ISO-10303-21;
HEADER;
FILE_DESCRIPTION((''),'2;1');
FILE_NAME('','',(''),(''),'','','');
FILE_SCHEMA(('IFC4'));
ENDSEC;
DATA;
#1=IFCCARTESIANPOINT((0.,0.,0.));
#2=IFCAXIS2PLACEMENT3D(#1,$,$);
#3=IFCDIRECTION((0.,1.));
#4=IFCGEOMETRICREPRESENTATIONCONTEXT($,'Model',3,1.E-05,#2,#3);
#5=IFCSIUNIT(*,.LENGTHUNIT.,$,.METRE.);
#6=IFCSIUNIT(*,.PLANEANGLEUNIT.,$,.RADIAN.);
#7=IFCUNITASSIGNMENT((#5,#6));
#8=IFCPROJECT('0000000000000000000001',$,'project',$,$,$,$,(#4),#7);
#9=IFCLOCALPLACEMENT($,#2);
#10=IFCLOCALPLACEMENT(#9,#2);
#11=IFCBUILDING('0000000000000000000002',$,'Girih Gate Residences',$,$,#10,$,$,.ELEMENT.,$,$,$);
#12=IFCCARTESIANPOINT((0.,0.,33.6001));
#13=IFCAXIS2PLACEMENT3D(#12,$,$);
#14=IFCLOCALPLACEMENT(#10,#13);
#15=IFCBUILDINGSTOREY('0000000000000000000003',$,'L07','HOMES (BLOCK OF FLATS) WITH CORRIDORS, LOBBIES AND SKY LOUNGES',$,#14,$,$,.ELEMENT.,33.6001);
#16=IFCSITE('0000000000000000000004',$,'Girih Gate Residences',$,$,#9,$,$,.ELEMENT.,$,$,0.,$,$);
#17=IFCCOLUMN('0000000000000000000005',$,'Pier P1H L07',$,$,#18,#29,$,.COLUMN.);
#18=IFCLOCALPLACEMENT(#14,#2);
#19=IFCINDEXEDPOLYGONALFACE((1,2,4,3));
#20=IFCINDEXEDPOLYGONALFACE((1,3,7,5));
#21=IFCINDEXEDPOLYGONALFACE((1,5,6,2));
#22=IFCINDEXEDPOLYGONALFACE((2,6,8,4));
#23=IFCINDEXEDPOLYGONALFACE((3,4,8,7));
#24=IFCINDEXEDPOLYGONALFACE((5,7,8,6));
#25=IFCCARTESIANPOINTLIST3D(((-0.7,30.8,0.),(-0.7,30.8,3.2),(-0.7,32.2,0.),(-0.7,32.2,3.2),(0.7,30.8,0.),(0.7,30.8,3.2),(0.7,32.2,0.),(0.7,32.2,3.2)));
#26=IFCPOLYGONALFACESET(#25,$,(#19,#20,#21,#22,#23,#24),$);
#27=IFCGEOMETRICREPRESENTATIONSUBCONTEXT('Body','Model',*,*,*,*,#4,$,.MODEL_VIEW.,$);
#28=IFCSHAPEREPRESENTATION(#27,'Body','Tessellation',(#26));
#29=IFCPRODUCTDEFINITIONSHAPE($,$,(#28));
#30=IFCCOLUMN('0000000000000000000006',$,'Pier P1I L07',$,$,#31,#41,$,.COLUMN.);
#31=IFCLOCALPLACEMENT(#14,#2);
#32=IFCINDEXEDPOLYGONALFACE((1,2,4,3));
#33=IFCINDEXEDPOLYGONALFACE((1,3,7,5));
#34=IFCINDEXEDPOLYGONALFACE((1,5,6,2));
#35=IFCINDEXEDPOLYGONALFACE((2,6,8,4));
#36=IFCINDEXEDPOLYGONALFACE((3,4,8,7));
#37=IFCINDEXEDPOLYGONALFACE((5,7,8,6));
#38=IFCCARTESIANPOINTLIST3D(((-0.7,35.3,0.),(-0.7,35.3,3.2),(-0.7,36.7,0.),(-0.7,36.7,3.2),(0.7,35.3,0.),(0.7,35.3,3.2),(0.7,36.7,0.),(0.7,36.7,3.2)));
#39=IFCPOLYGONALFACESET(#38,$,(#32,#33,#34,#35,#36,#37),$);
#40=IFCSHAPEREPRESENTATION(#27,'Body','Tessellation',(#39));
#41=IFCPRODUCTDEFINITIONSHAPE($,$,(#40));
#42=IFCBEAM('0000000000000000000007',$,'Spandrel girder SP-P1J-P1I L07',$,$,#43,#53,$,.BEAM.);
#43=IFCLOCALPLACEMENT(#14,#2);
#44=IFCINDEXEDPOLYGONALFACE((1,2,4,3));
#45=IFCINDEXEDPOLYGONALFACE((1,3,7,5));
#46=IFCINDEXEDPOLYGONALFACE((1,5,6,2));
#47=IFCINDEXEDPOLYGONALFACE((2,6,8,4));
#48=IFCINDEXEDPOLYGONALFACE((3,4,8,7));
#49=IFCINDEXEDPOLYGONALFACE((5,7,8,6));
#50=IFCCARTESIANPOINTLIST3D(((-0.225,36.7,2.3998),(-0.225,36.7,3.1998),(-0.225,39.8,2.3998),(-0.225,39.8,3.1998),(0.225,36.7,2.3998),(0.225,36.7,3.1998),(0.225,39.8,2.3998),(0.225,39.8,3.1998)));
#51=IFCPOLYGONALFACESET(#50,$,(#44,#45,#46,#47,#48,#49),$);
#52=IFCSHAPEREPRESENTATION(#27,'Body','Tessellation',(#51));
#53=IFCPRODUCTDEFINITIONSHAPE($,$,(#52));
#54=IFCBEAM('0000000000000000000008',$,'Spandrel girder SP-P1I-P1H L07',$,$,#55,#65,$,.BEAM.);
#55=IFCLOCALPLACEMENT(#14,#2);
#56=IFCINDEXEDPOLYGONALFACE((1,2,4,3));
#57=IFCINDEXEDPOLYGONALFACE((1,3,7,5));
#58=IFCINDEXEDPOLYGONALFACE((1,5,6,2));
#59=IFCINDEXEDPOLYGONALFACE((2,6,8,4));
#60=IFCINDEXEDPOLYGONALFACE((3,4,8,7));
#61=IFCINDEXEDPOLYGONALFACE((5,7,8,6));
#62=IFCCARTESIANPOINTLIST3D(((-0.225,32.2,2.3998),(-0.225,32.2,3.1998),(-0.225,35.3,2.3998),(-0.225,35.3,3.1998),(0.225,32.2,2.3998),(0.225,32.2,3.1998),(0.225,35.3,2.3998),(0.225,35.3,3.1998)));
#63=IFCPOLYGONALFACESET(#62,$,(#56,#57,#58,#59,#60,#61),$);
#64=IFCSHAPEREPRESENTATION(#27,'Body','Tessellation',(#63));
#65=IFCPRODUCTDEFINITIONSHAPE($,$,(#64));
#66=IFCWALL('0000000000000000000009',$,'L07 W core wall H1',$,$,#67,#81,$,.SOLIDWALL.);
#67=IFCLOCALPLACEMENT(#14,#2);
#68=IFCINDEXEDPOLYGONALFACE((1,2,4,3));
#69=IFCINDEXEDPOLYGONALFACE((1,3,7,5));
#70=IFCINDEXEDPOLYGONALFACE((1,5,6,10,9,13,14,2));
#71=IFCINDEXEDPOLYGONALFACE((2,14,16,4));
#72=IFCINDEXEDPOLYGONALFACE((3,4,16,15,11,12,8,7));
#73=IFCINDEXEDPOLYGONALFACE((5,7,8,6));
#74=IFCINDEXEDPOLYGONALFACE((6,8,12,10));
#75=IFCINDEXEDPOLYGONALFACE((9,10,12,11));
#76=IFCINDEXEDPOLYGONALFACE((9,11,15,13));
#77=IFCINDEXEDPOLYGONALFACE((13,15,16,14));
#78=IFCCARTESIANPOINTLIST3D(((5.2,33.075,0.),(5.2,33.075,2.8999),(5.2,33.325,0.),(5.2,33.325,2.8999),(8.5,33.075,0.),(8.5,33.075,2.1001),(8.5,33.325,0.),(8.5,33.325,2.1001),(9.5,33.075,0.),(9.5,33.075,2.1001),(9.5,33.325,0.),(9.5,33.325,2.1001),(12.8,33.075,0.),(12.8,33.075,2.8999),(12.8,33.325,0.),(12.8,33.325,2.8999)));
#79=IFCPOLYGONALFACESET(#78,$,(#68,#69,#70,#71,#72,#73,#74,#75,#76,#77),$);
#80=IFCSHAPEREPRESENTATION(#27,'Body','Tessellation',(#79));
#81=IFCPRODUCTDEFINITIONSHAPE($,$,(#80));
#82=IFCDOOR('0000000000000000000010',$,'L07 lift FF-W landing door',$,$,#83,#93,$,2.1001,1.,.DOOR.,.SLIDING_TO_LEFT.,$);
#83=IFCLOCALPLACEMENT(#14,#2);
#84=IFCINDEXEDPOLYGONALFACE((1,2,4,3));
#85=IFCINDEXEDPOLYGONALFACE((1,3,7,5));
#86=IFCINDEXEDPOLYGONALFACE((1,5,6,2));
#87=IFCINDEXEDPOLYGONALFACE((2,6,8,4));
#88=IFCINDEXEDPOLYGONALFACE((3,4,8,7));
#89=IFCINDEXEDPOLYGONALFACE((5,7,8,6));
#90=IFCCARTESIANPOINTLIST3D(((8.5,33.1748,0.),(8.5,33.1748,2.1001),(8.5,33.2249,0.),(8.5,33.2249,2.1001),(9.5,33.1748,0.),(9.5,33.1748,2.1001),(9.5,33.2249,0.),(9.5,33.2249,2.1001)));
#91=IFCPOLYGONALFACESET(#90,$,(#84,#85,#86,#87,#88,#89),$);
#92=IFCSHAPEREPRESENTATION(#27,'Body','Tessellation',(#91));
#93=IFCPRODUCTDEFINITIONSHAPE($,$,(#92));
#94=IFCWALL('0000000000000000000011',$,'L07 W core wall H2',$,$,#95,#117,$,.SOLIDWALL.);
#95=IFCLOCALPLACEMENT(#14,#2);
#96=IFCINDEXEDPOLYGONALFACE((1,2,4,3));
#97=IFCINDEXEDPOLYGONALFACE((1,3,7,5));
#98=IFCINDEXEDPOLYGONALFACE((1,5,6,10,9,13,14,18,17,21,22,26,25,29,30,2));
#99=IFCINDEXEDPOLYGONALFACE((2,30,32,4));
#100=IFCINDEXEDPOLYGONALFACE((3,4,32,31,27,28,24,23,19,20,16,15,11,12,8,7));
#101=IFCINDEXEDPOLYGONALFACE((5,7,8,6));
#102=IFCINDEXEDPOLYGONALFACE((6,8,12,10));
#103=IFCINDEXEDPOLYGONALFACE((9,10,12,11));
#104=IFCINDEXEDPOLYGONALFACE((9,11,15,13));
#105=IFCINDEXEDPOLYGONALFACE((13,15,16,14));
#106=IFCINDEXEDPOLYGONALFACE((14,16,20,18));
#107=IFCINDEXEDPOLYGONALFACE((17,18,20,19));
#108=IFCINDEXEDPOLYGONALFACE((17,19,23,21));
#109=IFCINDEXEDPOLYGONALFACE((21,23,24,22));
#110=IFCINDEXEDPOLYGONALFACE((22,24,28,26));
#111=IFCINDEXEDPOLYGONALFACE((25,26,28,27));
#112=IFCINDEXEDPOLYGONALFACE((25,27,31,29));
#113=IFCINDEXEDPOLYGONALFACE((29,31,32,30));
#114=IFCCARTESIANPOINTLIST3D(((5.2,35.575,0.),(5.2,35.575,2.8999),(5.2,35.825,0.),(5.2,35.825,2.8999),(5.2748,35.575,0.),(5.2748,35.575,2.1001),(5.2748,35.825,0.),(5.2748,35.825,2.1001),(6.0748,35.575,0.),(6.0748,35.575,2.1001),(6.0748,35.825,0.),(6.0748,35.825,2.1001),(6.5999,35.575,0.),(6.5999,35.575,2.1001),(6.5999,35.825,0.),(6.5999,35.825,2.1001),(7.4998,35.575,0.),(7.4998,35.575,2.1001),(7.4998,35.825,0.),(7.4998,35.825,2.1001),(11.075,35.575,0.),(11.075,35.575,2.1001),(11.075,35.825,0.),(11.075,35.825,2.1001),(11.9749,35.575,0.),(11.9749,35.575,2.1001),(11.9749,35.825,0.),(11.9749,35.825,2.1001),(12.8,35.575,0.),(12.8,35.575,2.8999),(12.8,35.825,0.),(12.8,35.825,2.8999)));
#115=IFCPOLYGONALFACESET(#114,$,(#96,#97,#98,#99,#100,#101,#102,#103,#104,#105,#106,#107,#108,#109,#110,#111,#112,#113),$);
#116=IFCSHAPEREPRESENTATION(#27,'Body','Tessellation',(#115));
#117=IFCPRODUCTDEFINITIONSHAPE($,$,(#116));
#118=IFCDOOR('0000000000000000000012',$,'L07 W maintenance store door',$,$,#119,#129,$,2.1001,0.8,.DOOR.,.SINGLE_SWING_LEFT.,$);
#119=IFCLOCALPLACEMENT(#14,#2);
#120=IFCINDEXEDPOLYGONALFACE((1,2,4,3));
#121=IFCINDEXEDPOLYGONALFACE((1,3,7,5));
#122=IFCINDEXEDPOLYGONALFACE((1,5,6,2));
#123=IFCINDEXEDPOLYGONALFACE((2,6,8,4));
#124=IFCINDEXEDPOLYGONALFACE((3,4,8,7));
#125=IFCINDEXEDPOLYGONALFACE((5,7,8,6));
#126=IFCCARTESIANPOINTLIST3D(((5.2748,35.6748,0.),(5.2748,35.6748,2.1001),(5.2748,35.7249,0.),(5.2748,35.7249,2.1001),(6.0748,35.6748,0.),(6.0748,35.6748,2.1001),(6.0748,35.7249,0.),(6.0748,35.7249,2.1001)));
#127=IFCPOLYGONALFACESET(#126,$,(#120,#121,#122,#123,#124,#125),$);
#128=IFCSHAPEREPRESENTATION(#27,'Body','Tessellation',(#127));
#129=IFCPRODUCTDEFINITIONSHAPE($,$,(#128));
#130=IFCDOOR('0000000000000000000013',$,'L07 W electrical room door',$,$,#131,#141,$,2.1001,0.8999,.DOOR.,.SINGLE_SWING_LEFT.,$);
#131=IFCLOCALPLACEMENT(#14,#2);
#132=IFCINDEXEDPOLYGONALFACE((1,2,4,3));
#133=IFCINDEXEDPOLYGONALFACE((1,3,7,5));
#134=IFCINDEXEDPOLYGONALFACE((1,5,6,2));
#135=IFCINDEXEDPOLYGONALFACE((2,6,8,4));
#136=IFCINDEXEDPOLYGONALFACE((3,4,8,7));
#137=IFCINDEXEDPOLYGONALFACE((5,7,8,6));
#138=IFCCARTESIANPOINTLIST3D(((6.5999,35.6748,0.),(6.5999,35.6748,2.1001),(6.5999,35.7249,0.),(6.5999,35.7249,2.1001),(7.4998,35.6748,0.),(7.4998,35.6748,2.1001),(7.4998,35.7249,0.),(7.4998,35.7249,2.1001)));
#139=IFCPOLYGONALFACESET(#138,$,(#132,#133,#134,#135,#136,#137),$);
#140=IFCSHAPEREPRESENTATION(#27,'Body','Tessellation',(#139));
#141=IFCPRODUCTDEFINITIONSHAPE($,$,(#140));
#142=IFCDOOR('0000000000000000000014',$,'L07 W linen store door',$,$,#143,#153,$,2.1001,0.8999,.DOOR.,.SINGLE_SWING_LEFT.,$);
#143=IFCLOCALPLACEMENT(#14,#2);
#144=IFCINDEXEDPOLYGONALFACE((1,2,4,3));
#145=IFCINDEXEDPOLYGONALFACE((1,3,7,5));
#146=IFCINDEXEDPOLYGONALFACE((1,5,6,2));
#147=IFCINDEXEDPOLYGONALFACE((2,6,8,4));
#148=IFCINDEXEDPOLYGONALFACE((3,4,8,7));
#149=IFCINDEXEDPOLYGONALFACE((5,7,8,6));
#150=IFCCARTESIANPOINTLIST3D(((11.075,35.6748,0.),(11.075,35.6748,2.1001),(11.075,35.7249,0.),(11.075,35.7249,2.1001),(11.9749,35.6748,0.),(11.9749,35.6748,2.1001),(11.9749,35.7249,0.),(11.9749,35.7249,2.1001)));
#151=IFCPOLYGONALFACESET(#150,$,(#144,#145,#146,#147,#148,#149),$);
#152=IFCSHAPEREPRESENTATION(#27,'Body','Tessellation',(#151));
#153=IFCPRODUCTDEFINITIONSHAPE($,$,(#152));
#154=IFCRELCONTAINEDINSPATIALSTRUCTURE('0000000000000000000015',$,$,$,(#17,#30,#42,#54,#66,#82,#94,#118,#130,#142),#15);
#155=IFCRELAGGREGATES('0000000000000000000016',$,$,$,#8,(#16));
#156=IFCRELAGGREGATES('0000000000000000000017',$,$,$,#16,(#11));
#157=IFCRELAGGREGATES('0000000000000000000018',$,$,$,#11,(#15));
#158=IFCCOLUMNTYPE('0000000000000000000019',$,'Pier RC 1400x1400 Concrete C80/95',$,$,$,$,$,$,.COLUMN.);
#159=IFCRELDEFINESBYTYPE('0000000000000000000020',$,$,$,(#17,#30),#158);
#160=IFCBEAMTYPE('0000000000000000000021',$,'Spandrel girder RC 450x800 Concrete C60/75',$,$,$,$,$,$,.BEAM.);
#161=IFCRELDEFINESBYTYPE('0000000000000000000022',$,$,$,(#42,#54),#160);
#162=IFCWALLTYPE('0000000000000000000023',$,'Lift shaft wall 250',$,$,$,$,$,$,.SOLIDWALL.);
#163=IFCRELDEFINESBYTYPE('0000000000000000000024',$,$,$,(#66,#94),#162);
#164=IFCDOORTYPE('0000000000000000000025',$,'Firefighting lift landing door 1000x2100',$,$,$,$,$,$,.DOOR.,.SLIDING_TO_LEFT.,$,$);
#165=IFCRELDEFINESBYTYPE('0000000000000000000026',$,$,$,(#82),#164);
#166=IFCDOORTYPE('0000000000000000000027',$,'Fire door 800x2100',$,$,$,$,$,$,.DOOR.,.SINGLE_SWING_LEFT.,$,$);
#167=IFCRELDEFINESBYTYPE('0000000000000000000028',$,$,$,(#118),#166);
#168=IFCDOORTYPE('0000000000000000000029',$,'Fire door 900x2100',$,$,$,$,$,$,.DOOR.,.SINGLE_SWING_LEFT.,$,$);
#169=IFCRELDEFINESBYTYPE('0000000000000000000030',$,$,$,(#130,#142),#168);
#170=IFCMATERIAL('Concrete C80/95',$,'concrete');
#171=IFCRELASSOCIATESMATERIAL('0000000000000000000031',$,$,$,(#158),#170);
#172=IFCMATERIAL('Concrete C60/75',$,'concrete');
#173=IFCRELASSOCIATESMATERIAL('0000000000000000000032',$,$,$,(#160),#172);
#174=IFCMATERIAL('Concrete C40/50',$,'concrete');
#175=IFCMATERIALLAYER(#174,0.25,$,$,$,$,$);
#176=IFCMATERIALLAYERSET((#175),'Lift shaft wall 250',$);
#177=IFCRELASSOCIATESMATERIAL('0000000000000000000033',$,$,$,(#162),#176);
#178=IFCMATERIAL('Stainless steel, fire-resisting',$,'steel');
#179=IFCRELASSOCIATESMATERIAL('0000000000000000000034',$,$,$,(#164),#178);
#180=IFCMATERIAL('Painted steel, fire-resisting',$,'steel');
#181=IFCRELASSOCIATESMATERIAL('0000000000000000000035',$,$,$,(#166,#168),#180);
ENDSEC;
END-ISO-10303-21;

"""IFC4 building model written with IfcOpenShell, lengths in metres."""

from ifc_helpers import new_model, si_unit, direction, frame, frame_2d, origin, origin_2d, place, context, subcontext, project, spatial, rectangle, extrude, material, layer, layer_set, material_profile, profile_set, type_object, element, fill, save


model = new_model("IFC4")

# Units and contexts
model_context = context("Model", 3, precision=1e-05, world=origin(), true_north=direction((0.0, 1.0)))
body_context = subcontext(model_context, "Body", "Model", "MODEL_VIEW")
ifc_project = project(units=[si_unit("LENGTHUNIT", "METRE"), si_unit("PLANEANGLEUNIT", "RADIAN")], contexts=[model_context])

# Site, building, storey
site_placement = place(None, origin())
site = spatial("IfcSite", under=ifc_project, at=site_placement, Name="Girih Gate Residences", CompositionType="ELEMENT", RefElevation=0.0)
building_placement = place(site_placement, origin())
building = spatial("IfcBuilding", under=site, at=building_placement, Name="Girih Gate Residences", CompositionType="ELEMENT")
storey_placement = place(building_placement, frame((0.0, 0.0, 33.6001)))
storey = spatial("IfcBuildingStorey", under=building, at=storey_placement, Name="L07", Description="HOMES (BLOCK OF FLATS) WITH CORRIDORS, LOBBIES AND SKY LOUNGES", CompositionType="ELEMENT", Elevation=33.6001)

# Columns
ifc_material_1 = material(Name="Concrete C80/95", Category="concrete")
ifc_material_profile_1 = material_profile(ifc_material_1, rectangle(XDim=1.3999, YDim=1.3999, at=origin_2d()))
ifc_profile_set_1 = profile_set([ifc_material_profile_1], Name="Concrete C80/95")
column_type = type_object("IfcColumnType", Name="Pier RC 1400x1400 Concrete C80/95", PredefinedType="COLUMN", material=ifc_profile_set_1)
for number, where, z_axis, x_axis, name in (
    (1, (0.0, 31.5, 0.0), (0.0, 0.0, 1.0), (1.0, 0.0, 0.0), "Pier P1H L07"),
    (2, (0.0, 36.0, 0.0), (0.0, 0.0, 1.0), (1.0, 0.0, 0.0), "Pier P1I L07"),
):
    element("IfcColumn", number, at=place(storey_placement, frame(where, z_axis=z_axis, x_axis=x_axis)), inside=storey, type_object=column_type, Name=name, PredefinedType="COLUMN", context=body_context, shape_type="SweptSolid", body=[
        extrude(rectangle(XDim=1.3999, YDim=1.3999, at=origin_2d()), origin(), (0.0, 0.0, 1.0), 3.2),
    ])

# Beams
ifc_material_2 = material(Name="Concrete C60/75", Category="concrete")
ifc_material_profile_2 = material_profile(ifc_material_2, rectangle(XDim=0.45, YDim=0.8, at=origin_2d()))
ifc_profile_set_2 = profile_set([ifc_material_profile_2], Name="Concrete C60/75")
beam_type = type_object("IfcBeamType", Name="Spandrel girder RC 450x800 Concrete C60/75", PredefinedType="BEAM", material=ifc_profile_set_2)
for number, where, z_axis, x_axis, name in (
    (3, (0.0, 39.8, 2.7998), (0.0, -1.0, 0.0), (1.0, 0.0, 0.0), "Spandrel girder SP-P1J-P1I L07"),
    (4, (0.0, 35.3, 2.7998), (0.0, -1.0, 0.0), (1.0, 0.0, 0.0), "Spandrel girder SP-P1I-P1H L07"),
):
    element("IfcBeam", number, at=place(storey_placement, frame(where, z_axis=z_axis, x_axis=x_axis)), inside=storey, type_object=beam_type, Name=name, PredefinedType="BEAM", context=body_context, shape_type="SweptSolid", body=[
        extrude(rectangle(XDim=0.45, YDim=0.8, at=origin_2d()), origin(), (0.0, 0.0, 1.0), 3.1001),
    ])

# Wall, opening, door
ifc_material_3 = material(Name="Concrete C40/50", Category="concrete")
ifc_layer_1 = layer(ifc_material_3, 0.25)
ifc_layer_set_1 = layer_set([ifc_layer_1], Name="Lift shaft wall 250")
wall_type_1 = type_object("IfcWallType", Name="Lift shaft wall 250", PredefinedType="SOLIDWALL", material=ifc_layer_set_1)
wall_1_placement = place(storey_placement, frame((5.2, 33.2, 0.0), z_axis=(0.0, 0.0, 1.0), x_axis=(1.0, 0.0, 0.0)))
wall_1 = element("IfcWall", 5, at=wall_1_placement, inside=storey, type_object=wall_type_1, Name="L07 W core wall H1", PredefinedType="SOLIDWALL", context=body_context, shape_type="SweptSolid", body=[
    extrude(rectangle(XDim=7.6001, YDim=0.25, at=frame_2d((3.8, 0.0))), origin(), (0.0, 0.0, 1.0), 2.8999),
])
opening_1_placement = place(wall_1_placement, frame((3.3, 0.0, 0.0)))
opening_1 = element("IfcOpeningElement", 6, at=opening_1_placement, cuts=wall_1, PredefinedType="OPENING", context=body_context, shape_type="SweptSolid", body=[
    extrude(rectangle(XDim=1.0, YDim=2.1001, at=frame_2d((0.5, 1.05))), frame((0.0, 0.135, 0.0), z_axis=(0.0, -1.0, 0.0), x_axis=(1.0, 0.0, 0.0)), (0.0, 0.0, 1.0), 0.27),
])
ifc_material_4 = material(Name="Stainless steel, fire-resisting", Category="steel")
door_type_1 = type_object("IfcDoorType", Name="Firefighting lift landing door 1000x2100", OperationType="SLIDING_TO_LEFT", PredefinedType="DOOR", material=ifc_material_4)
door_1_placement = place(opening_1_placement, origin())
door_1 = element("IfcDoor", 7, at=door_1_placement, inside=storey, type_object=door_type_1, Name="L07 lift FF-W landing door", OperationType="SLIDING_TO_LEFT", OverallHeight=2.1001, OverallWidth=1.0, PredefinedType="DOOR", context=body_context, shape_type="SweptSolid", body=[
    extrude(rectangle(XDim=1.0, YDim=2.1001, at=frame_2d((0.5, 1.05))), frame((0.0, 0.0249, 0.0), z_axis=(0.0, -1.0, 0.0), x_axis=(1.0, 0.0, 0.0)), (0.0, 0.0, 1.0), 0.05),
])
fill(opening_1, door_1)

# Wall, openings, doors
wall_2_placement = place(storey_placement, frame((5.2, 35.7, 0.0), z_axis=(0.0, 0.0, 1.0), x_axis=(1.0, 0.0, 0.0)))
wall_2 = element("IfcWall", 8, at=wall_2_placement, inside=storey, type_object=wall_type_1, Name="L07 W core wall H2", PredefinedType="SOLIDWALL", context=body_context, shape_type="SweptSolid", body=[
    extrude(rectangle(XDim=7.6001, YDim=0.25, at=frame_2d((3.8, 0.0))), origin(), (0.0, 0.0, 1.0), 2.8999),
])
opening_2_placement = place(wall_2_placement, frame((0.075, 0.0, 0.0)))
opening_2 = element("IfcOpeningElement", 9, at=opening_2_placement, cuts=wall_2, PredefinedType="OPENING", context=body_context, shape_type="SweptSolid", body=[
    extrude(rectangle(XDim=0.8, YDim=2.1001, at=frame_2d((0.3999, 1.05))), frame((0.0, 0.135, 0.0), z_axis=(0.0, -1.0, 0.0), x_axis=(1.0, 0.0, 0.0)), (0.0, 0.0, 1.0), 0.27),
])
opening_3_placement = place(wall_2_placement, frame((1.3999, 0.0, 0.0)))
opening_3 = element("IfcOpeningElement", 10, at=opening_3_placement, cuts=wall_2, PredefinedType="OPENING", context=body_context, shape_type="SweptSolid", body=[
    extrude(rectangle(XDim=0.8999, YDim=2.1001, at=frame_2d((0.45, 1.05))), frame((0.0, 0.135, 0.0), z_axis=(0.0, -1.0, 0.0), x_axis=(1.0, 0.0, 0.0)), (0.0, 0.0, 1.0), 0.27),
])
opening_4_placement = place(wall_2_placement, frame((5.875, 0.0, 0.0)))
opening_4 = element("IfcOpeningElement", 11, at=opening_4_placement, cuts=wall_2, PredefinedType="OPENING", context=body_context, shape_type="SweptSolid", body=[
    extrude(rectangle(XDim=0.8999, YDim=2.1001, at=frame_2d((0.45, 1.05))), frame((0.0, 0.135, 0.0), z_axis=(0.0, -1.0, 0.0), x_axis=(1.0, 0.0, 0.0)), (0.0, 0.0, 1.0), 0.27),
])
ifc_material_5 = material(Name="Painted steel, fire-resisting", Category="steel")
door_type_2 = type_object("IfcDoorType", Name="Fire door 800x2100", OperationType="SINGLE_SWING_LEFT", PredefinedType="DOOR", material=ifc_material_5)
door_2_placement = place(opening_2_placement, origin())
door_2 = element("IfcDoor", 12, at=door_2_placement, inside=storey, type_object=door_type_2, Name="L07 W maintenance store door", OperationType="SINGLE_SWING_LEFT", OverallHeight=2.1001, OverallWidth=0.8, PredefinedType="DOOR", context=body_context, shape_type="SweptSolid", body=[
    extrude(rectangle(XDim=0.8, YDim=2.1001, at=frame_2d((0.3999, 1.05))), frame((0.0, 0.0249, 0.0), z_axis=(0.0, -1.0, 0.0), x_axis=(1.0, 0.0, 0.0)), (0.0, 0.0, 1.0), 0.05),
])
fill(opening_2, door_2)
door_type_3 = type_object("IfcDoorType", Name="Fire door 900x2100", OperationType="SINGLE_SWING_LEFT", PredefinedType="DOOR", material=ifc_material_5)
door_3_placement = place(opening_3_placement, origin())
door_3 = element("IfcDoor", 13, at=door_3_placement, inside=storey, type_object=door_type_3, Name="L07 W electrical room door", OperationType="SINGLE_SWING_LEFT", OverallHeight=2.1001, OverallWidth=0.8999, PredefinedType="DOOR", context=body_context, shape_type="SweptSolid", body=[
    extrude(rectangle(XDim=0.8999, YDim=2.1001, at=frame_2d((0.45, 1.05))), frame((0.0, 0.0249, 0.0), z_axis=(0.0, -1.0, 0.0), x_axis=(1.0, 0.0, 0.0)), (0.0, 0.0, 1.0), 0.05),
])
fill(opening_3, door_3)
door_4_placement = place(opening_4_placement, origin())
door_4 = element("IfcDoor", 14, at=door_4_placement, inside=storey, type_object=door_type_3, Name="L07 W linen store door", OperationType="SINGLE_SWING_LEFT", OverallHeight=2.1001, OverallWidth=0.8999, PredefinedType="DOOR", context=body_context, shape_type="SweptSolid", body=[
    extrude(rectangle(XDim=0.8999, YDim=2.1001, at=frame_2d((0.45, 1.05))), frame((0.0, 0.0249, 0.0), z_axis=(0.0, -1.0, 0.0), x_axis=(1.0, 0.0, 0.0)), (0.0, 0.0, 1.0), 0.05),
])
fill(opening_4, door_4)

save(model, "model.ifc")
